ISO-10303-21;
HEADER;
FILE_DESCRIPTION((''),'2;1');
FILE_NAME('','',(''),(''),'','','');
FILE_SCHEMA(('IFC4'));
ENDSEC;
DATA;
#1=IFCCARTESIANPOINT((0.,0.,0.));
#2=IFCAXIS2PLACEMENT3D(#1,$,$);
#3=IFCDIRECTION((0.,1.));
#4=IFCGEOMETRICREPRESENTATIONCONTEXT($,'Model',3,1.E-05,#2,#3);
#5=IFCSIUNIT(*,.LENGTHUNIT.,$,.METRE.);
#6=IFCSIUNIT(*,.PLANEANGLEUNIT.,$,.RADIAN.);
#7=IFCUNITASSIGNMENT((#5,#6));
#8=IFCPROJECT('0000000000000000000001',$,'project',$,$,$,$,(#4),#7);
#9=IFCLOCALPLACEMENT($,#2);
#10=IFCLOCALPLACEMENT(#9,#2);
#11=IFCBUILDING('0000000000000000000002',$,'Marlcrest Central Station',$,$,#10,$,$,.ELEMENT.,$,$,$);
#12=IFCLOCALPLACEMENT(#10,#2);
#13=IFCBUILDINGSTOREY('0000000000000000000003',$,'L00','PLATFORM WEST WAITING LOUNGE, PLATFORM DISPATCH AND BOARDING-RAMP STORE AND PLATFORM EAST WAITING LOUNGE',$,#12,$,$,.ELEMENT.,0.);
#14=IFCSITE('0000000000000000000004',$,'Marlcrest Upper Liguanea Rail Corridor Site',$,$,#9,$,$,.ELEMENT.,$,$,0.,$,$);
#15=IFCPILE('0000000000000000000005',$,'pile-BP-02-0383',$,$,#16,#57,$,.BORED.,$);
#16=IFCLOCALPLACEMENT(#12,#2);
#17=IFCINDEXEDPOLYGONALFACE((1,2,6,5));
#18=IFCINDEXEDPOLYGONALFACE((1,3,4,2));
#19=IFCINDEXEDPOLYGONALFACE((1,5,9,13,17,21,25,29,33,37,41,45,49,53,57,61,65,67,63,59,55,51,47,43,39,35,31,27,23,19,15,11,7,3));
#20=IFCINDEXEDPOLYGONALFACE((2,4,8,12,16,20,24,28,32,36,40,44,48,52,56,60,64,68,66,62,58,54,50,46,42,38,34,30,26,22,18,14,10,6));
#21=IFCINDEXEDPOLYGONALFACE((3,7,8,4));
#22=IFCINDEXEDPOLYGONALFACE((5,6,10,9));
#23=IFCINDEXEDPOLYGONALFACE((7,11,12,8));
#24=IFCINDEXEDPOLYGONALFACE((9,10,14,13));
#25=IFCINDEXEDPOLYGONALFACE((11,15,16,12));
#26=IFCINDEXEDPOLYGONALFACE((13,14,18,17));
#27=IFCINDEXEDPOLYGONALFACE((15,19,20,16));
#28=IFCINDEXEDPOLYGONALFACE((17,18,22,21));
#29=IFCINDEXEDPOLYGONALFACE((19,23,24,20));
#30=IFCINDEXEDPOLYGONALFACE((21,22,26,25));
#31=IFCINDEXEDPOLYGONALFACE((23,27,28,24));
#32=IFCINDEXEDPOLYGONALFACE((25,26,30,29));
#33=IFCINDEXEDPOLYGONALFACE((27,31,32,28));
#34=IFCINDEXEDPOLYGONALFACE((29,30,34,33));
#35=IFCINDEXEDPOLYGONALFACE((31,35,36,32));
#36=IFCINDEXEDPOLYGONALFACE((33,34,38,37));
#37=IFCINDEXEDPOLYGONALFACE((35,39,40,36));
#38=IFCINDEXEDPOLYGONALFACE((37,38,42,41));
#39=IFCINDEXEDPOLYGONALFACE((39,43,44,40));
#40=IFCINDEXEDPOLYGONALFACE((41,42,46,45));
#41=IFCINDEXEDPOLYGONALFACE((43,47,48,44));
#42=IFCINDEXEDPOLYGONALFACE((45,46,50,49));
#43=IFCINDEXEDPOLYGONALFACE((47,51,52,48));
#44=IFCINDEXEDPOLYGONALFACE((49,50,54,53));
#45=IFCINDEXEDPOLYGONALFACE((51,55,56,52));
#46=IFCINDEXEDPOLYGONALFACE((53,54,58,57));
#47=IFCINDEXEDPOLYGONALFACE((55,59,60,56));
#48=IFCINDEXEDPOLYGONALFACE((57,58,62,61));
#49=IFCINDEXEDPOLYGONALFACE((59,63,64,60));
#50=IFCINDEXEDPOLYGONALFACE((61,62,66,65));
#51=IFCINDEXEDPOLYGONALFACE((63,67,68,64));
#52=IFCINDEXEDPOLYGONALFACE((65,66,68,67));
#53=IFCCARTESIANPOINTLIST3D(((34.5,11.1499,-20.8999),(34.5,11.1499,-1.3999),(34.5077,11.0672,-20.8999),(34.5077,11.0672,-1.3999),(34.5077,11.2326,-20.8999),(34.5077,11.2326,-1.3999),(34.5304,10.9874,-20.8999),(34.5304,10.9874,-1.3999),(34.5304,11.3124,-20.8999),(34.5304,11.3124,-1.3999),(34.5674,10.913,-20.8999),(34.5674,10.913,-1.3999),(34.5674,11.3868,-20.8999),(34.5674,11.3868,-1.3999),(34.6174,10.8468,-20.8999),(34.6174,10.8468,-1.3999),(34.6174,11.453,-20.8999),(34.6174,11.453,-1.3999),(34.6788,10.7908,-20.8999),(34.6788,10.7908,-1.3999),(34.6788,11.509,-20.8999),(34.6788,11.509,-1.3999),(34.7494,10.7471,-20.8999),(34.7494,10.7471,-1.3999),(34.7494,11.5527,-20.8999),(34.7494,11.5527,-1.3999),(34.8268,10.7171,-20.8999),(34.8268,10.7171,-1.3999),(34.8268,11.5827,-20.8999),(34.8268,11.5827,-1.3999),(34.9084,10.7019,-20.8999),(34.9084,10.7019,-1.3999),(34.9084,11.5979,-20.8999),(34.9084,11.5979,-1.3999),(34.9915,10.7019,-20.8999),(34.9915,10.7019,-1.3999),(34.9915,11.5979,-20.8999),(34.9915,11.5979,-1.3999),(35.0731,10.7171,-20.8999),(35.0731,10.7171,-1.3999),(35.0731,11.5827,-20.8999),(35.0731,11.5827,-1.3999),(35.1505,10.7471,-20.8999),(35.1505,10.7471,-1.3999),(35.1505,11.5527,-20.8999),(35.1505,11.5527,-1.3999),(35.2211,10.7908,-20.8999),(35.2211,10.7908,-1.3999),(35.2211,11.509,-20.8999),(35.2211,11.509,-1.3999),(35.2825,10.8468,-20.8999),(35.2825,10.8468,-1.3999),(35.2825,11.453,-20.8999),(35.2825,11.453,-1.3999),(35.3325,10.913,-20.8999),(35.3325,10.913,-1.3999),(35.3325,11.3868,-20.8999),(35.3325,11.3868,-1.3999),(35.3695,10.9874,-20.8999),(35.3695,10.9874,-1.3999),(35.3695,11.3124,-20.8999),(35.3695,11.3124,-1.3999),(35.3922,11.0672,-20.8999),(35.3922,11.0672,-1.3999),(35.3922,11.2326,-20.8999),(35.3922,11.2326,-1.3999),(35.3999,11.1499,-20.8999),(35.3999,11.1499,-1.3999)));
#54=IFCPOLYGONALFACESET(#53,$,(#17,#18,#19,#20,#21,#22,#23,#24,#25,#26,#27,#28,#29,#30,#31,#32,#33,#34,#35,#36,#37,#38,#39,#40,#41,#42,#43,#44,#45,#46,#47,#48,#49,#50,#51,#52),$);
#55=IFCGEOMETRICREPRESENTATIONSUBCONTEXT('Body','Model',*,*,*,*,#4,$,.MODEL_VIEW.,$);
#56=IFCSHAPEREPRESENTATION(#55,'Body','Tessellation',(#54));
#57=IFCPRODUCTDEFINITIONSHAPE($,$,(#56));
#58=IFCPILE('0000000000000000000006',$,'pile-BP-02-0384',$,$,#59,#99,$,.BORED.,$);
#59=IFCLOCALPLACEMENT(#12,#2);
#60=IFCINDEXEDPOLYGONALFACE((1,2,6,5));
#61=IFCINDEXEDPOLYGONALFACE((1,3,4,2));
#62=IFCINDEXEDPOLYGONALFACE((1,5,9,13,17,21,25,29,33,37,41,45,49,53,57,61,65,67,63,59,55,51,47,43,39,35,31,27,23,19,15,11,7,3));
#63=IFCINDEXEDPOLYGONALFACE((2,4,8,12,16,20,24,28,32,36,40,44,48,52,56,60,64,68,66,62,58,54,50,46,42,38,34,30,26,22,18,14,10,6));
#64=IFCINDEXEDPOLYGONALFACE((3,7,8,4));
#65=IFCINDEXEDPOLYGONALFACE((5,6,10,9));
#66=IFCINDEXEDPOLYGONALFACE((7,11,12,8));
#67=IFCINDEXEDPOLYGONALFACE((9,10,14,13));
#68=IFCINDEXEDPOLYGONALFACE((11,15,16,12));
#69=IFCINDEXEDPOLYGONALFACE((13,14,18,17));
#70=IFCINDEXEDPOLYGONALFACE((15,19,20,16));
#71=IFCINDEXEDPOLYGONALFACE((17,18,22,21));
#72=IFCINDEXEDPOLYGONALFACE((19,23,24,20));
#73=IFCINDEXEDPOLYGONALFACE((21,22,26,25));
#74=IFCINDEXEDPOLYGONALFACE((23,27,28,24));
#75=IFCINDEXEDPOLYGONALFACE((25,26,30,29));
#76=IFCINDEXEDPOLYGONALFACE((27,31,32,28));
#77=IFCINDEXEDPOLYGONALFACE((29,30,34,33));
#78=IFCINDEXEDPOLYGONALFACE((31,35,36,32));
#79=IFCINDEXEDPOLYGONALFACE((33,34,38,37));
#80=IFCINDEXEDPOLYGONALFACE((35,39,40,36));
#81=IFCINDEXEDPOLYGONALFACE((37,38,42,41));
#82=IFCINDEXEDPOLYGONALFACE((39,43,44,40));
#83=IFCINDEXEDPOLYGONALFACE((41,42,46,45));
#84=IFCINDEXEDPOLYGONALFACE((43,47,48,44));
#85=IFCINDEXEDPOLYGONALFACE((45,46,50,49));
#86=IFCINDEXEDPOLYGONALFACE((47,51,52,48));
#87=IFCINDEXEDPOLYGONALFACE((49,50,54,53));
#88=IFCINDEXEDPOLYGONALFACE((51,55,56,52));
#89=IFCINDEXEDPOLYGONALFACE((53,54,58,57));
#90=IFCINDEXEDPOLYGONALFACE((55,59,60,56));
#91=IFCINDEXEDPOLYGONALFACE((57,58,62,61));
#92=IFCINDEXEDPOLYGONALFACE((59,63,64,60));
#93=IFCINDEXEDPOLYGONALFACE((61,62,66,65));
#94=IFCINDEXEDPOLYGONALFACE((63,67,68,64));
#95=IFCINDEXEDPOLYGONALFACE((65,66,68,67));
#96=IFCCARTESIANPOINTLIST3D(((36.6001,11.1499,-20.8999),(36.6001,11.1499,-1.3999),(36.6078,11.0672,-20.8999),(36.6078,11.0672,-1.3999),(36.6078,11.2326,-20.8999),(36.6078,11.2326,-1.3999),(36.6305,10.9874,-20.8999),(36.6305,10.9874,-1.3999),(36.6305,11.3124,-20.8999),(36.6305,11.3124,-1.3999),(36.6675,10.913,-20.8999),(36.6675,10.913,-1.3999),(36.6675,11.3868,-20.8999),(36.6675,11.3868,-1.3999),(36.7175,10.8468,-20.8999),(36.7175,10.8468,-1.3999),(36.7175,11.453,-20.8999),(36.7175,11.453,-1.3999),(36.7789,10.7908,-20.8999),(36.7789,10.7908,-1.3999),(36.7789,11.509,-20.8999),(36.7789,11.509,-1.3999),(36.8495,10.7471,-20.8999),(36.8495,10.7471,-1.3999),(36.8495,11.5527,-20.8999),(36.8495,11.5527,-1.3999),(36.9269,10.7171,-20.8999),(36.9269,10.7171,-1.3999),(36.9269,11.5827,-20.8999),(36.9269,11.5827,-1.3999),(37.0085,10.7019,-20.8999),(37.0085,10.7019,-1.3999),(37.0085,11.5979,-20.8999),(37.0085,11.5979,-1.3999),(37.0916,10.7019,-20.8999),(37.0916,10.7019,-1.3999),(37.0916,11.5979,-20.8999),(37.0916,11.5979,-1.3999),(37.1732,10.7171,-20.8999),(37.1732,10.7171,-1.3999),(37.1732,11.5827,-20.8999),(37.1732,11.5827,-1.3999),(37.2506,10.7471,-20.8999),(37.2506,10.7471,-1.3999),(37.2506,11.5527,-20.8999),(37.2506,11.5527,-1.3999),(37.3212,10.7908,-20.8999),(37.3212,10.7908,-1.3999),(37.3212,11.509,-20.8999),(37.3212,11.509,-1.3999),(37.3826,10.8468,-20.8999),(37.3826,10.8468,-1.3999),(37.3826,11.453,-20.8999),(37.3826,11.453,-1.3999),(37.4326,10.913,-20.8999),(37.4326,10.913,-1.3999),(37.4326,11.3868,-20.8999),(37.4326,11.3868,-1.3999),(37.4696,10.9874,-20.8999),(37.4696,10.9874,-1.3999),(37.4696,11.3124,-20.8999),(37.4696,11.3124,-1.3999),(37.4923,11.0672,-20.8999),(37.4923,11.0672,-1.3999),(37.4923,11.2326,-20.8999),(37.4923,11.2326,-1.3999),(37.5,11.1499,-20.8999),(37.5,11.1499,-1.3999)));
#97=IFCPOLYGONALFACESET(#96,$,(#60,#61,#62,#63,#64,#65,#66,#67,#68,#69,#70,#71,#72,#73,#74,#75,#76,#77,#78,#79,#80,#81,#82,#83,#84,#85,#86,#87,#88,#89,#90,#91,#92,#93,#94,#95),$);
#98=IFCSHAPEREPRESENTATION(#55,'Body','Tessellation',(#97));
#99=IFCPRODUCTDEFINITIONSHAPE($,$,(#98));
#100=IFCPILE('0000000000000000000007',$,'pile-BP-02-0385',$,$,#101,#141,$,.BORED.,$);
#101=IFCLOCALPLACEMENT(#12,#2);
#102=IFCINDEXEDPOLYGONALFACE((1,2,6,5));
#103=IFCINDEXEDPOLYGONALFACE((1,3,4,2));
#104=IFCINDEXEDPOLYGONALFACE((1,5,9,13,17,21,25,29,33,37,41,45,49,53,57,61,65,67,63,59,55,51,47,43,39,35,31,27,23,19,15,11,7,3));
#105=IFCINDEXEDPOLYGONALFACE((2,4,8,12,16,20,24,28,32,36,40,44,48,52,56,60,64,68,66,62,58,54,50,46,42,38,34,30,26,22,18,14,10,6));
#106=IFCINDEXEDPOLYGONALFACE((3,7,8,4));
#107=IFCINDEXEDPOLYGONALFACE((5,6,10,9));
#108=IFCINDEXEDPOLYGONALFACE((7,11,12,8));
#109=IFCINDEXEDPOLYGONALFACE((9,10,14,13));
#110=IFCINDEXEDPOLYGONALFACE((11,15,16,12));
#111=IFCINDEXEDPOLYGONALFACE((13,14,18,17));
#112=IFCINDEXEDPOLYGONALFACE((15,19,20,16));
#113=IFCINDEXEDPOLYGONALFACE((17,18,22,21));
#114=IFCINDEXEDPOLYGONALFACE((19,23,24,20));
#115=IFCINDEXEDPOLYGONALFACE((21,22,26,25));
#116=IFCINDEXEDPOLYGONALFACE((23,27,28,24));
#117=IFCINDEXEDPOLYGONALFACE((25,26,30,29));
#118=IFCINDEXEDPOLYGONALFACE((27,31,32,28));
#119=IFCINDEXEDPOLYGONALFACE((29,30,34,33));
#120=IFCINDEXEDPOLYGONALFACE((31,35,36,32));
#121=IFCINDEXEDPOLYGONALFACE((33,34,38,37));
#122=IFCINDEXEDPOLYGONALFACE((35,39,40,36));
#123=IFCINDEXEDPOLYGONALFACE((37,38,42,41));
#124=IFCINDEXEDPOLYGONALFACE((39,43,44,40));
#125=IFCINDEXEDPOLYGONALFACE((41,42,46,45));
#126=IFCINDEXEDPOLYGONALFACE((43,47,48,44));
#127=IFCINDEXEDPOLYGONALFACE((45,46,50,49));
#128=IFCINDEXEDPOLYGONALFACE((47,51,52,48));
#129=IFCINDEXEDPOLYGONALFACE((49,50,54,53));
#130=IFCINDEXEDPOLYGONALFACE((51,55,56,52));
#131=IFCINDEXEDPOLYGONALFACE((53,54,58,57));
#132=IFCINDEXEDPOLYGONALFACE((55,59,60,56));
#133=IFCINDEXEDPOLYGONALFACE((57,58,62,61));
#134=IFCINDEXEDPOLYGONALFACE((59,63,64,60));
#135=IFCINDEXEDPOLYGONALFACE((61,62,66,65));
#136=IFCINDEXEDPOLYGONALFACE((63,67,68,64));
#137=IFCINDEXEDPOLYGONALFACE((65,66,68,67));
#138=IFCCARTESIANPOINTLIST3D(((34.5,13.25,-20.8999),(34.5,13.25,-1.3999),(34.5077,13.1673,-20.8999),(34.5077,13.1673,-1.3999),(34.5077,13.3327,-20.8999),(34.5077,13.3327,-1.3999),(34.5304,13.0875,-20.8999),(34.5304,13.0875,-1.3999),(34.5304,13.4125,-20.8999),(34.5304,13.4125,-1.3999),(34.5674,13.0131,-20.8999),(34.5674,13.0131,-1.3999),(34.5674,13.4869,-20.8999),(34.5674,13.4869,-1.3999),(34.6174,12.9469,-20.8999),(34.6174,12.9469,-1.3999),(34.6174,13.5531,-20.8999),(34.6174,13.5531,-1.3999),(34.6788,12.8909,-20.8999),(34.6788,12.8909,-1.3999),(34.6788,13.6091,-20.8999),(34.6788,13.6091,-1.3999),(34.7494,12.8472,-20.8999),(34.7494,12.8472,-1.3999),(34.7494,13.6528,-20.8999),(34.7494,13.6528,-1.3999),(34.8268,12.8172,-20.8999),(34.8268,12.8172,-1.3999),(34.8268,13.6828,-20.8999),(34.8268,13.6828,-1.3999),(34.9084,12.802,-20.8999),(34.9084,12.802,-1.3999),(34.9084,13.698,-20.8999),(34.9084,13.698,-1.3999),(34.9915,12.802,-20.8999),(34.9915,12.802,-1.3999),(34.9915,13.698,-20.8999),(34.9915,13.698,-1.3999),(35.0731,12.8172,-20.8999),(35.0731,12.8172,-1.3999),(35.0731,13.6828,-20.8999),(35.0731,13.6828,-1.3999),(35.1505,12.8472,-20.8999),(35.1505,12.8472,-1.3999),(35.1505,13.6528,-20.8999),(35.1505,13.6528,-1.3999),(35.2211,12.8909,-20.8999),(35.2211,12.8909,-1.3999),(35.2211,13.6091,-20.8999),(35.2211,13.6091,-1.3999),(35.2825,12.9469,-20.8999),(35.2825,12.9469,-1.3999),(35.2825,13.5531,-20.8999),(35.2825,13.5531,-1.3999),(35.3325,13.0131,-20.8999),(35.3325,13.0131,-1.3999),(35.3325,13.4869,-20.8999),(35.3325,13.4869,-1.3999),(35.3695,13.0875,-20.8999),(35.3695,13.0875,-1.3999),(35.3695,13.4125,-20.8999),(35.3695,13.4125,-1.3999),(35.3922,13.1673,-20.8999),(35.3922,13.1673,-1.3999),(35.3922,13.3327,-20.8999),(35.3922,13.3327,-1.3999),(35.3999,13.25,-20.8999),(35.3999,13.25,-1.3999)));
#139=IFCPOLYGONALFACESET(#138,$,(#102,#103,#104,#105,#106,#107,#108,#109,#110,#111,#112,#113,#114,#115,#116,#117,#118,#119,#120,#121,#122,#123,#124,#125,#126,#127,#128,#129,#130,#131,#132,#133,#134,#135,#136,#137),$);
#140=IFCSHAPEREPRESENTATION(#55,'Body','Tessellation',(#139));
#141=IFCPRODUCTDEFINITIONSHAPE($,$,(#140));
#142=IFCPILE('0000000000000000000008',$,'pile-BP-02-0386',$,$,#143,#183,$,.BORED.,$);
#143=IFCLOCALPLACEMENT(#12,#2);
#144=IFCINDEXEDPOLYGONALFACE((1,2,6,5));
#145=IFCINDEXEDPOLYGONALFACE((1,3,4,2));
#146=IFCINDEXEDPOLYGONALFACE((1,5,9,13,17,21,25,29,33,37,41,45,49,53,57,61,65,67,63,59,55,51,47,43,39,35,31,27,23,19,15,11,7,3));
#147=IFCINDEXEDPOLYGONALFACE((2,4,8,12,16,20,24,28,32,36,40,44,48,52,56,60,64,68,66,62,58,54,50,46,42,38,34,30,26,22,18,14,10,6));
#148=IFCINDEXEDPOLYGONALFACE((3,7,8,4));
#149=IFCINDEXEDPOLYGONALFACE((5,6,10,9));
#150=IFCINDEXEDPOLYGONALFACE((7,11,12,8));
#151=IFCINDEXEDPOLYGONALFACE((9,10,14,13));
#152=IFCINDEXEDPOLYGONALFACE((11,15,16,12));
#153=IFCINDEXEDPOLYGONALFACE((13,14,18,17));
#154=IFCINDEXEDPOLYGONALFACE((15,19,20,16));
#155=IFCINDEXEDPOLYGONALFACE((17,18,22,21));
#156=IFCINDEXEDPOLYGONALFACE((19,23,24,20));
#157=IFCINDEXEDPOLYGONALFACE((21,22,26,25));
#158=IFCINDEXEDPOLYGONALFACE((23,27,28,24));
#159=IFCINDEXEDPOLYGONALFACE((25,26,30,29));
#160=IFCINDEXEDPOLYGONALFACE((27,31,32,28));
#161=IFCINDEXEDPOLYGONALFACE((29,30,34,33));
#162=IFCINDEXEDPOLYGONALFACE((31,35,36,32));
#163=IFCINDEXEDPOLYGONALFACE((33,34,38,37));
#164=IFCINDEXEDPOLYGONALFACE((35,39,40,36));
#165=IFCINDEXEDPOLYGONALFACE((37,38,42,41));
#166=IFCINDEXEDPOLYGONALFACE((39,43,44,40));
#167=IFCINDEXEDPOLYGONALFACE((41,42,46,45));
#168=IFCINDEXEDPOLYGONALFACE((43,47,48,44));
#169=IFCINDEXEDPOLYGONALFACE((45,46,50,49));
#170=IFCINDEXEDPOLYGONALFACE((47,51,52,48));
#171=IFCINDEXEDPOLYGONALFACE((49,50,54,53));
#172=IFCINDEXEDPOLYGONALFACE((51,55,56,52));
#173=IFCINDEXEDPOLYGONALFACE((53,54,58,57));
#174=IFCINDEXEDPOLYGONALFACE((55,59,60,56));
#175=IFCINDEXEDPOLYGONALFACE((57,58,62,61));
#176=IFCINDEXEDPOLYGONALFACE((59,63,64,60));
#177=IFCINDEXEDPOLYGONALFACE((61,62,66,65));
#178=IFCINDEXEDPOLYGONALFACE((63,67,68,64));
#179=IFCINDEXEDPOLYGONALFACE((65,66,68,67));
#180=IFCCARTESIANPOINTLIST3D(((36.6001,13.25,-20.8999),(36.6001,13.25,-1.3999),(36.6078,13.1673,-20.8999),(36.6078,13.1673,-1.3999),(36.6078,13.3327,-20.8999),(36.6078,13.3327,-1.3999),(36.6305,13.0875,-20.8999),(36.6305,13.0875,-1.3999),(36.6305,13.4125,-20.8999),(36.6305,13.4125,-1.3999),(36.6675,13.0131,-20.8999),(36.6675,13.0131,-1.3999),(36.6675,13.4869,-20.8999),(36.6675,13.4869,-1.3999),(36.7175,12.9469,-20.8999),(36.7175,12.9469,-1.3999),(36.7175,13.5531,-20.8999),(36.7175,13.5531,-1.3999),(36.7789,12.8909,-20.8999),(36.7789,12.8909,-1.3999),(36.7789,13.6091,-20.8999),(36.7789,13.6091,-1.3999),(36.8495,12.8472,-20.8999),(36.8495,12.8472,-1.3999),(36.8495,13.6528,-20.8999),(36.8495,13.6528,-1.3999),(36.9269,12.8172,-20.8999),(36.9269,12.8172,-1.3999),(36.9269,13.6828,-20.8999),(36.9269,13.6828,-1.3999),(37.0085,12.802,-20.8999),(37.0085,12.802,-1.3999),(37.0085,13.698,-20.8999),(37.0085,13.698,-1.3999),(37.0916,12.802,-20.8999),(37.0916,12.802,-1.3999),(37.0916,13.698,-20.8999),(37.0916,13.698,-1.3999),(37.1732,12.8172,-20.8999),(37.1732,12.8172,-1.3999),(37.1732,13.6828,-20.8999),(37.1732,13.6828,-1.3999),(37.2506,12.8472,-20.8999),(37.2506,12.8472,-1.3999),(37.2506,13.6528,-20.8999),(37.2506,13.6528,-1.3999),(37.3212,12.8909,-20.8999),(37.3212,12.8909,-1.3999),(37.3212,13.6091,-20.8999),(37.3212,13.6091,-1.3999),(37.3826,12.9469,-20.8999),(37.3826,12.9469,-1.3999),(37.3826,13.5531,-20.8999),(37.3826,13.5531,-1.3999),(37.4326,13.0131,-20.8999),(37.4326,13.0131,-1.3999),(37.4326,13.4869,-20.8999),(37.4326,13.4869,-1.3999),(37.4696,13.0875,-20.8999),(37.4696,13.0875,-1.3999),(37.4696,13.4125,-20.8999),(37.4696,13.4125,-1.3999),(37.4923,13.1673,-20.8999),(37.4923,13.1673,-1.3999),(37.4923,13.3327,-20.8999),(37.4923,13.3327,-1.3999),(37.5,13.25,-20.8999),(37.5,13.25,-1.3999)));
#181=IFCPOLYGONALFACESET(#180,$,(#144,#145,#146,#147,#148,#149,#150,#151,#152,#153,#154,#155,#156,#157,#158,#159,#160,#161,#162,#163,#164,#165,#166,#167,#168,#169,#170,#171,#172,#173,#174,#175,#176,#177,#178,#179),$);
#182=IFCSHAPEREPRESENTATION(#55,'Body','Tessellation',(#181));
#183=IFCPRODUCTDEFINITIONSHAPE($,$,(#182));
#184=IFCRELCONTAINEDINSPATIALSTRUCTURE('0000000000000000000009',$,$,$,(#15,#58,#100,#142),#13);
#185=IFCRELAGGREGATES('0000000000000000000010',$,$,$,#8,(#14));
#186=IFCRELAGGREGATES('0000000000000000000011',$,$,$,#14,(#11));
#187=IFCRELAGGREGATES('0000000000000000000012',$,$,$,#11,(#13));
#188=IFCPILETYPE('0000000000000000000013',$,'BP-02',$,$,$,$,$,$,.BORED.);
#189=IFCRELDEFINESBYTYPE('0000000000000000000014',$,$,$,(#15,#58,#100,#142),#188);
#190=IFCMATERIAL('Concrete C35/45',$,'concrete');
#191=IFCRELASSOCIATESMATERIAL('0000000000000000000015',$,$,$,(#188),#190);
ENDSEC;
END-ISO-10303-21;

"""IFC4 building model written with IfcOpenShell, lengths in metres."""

from ifc_helpers import new_model, si_unit, direction, frame, origin, origin_2d, place, context, subcontext, project, spatial, circle, extrude, material, material_profile, profile_set, type_object, element, save


model = new_model("IFC4")

# Units and contexts
model_context = context("Model", 3, precision=1e-05, world=origin(), true_north=direction((0.0, 1.0)))
body_context = subcontext(model_context, "Body", "Model", "MODEL_VIEW")
ifc_project = project(units=[si_unit("LENGTHUNIT", "METRE"), si_unit("PLANEANGLEUNIT", "RADIAN")], contexts=[model_context])

# Site, building, storey
site_placement = place(None, origin())
site = spatial("IfcSite", under=ifc_project, at=site_placement, Name="Marlcrest Upper Liguanea Rail Corridor Site", CompositionType="ELEMENT", RefElevation=0.0)
building_placement = place(site_placement, origin())
building = spatial("IfcBuilding", under=site, at=building_placement, Name="Marlcrest Central Station", CompositionType="ELEMENT")
storey_placement = place(building_placement, origin())
storey = spatial("IfcBuildingStorey", under=building, at=storey_placement, Name="L00", Description="PLATFORM WEST WAITING LOUNGE, PLATFORM DISPATCH AND BOARDING-RAMP STORE AND PLATFORM EAST WAITING LOUNGE", CompositionType="ELEMENT", Elevation=0.0)

# Piles
ifc_material_1 = material(Name="Concrete C35/45", Category="concrete")
ifc_material_profile_1 = material_profile(ifc_material_1, circle(Radius=0.45, at=origin_2d()), Name="PILE D900")
ifc_profile_set_1 = profile_set([ifc_material_profile_1], Name="Concrete C35/45")
pile_type = type_object("IfcPileType", Name="BP-02", PredefinedType="BORED", material=ifc_profile_set_1)
for number, where, z_axis, x_axis, name in (
    (1, (34.95, 11.1499, -1.3999), (0.0, 0.0, -1.0), (1.0, 0.0, 0.0), "pile-BP-02-0383"),
    (2, (37.05, 11.1499, -1.3999), (0.0, 0.0, -1.0), (1.0, 0.0, 0.0), "pile-BP-02-0384"),
    (3, (34.95, 13.25, -1.3999), (0.0, 0.0, -1.0), (1.0, 0.0, 0.0), "pile-BP-02-0385"),
    (4, (37.05, 13.25, -1.3999), (0.0, 0.0, -1.0), (1.0, 0.0, 0.0), "pile-BP-02-0386"),
):
    element("IfcPile", number, at=place(storey_placement, frame(where, z_axis=z_axis, x_axis=x_axis)), inside=storey, type_object=pile_type, Name=name, PredefinedType="BORED", context=body_context, shape_type="SweptSolid", body=[
        extrude(circle(Radius=0.45, at=origin_2d()), origin(), (0.0, 0.0, 1.0), 19.5),
    ])

save(model, "model.ifc")
